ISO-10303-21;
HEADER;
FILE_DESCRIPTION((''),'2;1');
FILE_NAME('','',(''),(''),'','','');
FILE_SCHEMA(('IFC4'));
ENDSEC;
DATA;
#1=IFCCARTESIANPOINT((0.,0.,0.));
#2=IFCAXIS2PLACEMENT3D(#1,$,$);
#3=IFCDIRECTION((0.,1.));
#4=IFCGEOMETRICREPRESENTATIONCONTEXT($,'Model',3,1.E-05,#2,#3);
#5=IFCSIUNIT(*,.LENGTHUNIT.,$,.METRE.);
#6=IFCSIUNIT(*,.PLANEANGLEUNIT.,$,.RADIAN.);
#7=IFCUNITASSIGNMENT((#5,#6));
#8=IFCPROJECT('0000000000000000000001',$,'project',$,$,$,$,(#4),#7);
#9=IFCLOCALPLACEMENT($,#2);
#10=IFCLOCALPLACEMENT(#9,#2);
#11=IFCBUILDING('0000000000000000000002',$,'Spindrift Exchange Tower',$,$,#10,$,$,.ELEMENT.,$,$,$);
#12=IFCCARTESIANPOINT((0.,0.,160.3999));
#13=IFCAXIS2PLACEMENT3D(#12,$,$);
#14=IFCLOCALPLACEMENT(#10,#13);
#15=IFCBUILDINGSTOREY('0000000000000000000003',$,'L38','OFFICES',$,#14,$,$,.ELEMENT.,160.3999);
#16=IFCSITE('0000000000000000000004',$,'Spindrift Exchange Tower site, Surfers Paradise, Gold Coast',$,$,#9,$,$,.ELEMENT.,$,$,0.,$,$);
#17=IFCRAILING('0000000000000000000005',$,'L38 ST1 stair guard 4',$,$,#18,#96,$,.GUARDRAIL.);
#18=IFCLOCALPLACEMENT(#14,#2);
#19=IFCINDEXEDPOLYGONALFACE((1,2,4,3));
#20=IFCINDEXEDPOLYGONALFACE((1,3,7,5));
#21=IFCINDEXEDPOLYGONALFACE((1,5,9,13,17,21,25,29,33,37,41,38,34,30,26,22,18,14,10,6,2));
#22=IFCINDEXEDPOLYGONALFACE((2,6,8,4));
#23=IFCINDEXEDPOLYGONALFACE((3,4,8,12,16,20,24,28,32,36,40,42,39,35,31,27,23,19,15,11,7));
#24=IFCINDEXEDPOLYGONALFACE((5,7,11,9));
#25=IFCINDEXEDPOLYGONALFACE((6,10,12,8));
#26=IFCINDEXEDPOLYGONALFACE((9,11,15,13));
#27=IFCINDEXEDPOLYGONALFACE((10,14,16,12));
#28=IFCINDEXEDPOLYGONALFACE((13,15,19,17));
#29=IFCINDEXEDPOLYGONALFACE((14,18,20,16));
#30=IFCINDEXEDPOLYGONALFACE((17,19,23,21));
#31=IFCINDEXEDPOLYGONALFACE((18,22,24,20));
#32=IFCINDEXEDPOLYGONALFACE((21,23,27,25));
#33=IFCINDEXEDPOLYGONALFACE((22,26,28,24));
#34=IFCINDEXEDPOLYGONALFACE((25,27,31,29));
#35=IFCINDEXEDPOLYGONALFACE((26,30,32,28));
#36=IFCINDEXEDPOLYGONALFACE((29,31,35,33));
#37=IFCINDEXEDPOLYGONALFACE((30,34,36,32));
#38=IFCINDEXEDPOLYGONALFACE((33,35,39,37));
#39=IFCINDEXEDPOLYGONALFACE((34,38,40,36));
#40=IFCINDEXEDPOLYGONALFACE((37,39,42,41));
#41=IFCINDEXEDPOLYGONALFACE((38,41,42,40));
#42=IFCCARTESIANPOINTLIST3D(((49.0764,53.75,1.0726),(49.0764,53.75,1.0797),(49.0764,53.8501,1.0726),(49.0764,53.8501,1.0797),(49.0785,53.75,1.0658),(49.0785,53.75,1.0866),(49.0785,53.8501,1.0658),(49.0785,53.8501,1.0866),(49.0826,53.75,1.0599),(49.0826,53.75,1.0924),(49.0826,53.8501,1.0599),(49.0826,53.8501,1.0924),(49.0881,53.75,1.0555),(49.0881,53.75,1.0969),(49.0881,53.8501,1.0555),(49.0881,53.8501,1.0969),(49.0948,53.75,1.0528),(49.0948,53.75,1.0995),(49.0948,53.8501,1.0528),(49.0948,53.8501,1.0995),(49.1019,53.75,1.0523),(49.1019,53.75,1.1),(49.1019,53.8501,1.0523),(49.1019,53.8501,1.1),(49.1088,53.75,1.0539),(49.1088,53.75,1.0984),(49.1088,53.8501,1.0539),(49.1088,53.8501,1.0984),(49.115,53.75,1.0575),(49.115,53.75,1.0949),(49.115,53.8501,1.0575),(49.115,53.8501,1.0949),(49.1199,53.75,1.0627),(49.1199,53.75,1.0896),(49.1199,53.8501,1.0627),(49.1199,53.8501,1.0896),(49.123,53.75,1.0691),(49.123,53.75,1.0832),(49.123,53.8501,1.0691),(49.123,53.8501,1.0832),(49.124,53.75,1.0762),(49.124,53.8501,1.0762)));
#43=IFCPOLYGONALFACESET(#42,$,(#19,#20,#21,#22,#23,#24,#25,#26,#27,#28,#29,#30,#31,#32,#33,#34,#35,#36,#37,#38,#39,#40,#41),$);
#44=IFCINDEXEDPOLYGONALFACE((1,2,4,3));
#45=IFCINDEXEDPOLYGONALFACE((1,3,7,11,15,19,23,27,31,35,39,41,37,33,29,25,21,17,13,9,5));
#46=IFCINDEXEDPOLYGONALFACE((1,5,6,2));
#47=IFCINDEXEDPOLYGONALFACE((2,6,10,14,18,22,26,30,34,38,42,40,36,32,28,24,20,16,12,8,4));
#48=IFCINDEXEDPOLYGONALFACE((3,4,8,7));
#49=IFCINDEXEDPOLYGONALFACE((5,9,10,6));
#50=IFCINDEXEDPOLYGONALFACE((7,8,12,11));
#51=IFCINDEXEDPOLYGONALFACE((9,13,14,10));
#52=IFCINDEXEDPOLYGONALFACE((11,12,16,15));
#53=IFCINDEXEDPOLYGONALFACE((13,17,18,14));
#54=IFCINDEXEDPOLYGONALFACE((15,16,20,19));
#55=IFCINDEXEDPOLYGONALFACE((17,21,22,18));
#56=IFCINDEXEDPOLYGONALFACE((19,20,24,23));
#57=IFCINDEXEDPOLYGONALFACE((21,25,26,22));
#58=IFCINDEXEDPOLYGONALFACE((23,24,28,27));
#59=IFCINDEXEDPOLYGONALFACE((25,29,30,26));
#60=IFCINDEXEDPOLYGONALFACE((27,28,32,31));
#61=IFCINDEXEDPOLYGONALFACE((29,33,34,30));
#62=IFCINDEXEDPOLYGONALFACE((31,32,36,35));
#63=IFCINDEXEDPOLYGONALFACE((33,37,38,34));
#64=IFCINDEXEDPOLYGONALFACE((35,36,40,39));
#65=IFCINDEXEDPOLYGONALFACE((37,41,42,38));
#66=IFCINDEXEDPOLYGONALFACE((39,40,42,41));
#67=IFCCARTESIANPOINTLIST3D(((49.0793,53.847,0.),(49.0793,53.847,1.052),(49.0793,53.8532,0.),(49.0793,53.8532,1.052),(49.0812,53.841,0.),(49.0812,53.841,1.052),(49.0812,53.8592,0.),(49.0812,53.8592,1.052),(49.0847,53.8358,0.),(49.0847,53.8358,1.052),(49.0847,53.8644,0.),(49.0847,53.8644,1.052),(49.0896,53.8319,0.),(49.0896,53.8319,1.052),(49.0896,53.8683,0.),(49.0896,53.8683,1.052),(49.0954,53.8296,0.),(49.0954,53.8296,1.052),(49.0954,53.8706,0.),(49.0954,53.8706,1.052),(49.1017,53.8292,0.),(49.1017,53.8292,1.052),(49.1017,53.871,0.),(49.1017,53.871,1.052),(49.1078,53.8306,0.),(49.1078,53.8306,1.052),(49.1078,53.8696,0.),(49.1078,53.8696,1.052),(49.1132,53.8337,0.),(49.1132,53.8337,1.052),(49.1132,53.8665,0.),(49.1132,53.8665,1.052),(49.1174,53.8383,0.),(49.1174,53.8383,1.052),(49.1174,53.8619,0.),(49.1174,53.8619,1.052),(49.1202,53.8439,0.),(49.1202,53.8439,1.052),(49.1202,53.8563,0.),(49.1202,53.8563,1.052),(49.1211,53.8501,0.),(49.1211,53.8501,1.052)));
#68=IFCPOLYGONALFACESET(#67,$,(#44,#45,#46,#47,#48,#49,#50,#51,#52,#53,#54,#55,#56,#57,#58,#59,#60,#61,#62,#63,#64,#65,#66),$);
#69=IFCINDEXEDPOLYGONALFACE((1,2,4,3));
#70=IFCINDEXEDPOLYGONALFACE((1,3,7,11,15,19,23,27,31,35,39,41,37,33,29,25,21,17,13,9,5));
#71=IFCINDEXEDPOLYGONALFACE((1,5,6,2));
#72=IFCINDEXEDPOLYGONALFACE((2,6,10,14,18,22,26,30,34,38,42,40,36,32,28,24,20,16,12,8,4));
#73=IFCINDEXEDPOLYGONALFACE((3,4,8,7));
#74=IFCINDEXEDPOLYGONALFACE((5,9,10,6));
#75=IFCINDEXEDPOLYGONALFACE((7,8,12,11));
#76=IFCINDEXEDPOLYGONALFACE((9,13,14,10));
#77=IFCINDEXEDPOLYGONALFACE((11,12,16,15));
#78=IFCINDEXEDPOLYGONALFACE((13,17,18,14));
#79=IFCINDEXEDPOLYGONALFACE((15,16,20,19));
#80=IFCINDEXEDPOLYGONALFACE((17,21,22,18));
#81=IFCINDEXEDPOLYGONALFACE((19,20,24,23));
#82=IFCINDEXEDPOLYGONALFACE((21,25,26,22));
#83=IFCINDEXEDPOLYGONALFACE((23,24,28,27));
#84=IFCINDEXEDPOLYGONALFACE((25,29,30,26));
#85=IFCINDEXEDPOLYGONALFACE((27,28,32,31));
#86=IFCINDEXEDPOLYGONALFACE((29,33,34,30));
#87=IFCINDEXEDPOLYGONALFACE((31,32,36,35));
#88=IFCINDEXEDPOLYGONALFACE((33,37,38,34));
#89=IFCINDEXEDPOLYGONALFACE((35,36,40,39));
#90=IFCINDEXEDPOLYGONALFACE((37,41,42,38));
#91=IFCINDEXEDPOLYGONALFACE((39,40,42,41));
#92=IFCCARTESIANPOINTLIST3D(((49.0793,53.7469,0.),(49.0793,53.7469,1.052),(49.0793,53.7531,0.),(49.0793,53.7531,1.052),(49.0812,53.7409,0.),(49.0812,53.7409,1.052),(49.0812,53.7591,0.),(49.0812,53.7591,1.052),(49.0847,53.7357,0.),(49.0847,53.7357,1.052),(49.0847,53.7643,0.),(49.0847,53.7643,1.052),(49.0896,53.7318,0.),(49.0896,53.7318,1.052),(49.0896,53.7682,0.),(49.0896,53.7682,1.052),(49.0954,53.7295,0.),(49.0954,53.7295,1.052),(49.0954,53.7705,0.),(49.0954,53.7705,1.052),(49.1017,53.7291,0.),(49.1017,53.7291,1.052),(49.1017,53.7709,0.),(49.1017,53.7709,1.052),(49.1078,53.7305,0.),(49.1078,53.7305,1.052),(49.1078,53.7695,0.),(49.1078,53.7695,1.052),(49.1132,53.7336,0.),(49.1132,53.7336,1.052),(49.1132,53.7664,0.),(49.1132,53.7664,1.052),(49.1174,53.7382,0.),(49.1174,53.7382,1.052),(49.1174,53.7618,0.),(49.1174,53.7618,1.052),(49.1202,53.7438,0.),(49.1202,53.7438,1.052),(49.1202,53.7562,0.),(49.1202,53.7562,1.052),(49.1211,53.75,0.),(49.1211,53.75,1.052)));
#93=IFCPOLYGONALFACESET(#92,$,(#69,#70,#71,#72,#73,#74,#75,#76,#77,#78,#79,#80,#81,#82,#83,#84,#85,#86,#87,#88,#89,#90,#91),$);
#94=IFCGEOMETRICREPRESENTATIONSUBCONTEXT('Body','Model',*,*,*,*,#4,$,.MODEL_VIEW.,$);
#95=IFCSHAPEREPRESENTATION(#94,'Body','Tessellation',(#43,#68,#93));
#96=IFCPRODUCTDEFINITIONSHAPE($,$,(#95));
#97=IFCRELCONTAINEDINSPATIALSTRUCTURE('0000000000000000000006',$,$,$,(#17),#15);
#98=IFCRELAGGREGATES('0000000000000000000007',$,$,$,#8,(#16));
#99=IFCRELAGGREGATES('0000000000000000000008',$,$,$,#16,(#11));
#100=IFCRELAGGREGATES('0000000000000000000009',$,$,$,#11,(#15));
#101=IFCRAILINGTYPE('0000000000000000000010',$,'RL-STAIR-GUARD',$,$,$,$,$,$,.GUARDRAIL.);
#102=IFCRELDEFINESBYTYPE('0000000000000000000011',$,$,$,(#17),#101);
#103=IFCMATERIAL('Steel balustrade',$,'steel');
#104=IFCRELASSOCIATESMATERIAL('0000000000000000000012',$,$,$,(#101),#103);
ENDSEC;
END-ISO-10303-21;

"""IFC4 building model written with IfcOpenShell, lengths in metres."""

from ifc_helpers import new_model, si_unit, direction, frame, origin, origin_2d, place, context, subcontext, project, spatial, circle, extrude, material, type_object, element, save


model = new_model("IFC4")

# Units and contexts
model_context = context("Model", 3, precision=1e-05, world=origin(), true_north=direction((0.0, 1.0)))
body_context = subcontext(model_context, "Body", "Model", "MODEL_VIEW")
ifc_project = project(units=[si_unit("LENGTHUNIT", "METRE"), si_unit("PLANEANGLEUNIT", "RADIAN")], contexts=[model_context])

# Site, building, storey
site_placement = place(None, origin())
site = spatial("IfcSite", under=ifc_project, at=site_placement, Name="Spindrift Exchange Tower site, Surfers Paradise, Gold Coast", CompositionType="ELEMENT", RefElevation=0.0)
building_placement = place(site_placement, origin())
building = spatial("IfcBuilding", under=site, at=building_placement, Name="Spindrift Exchange Tower", CompositionType="ELEMENT")
storey_placement = place(building_placement, frame((0.0, 0.0, 160.3999)))
storey = spatial("IfcBuildingStorey", under=building, at=storey_placement, Name="L38", Description="OFFICES", CompositionType="ELEMENT", Elevation=160.3999)

# Railing
ifc_material_1 = material(Name="Steel balustrade", Category="steel")
railing_type_1 = type_object("IfcRailingType", Name="RL-STAIR-GUARD", PredefinedType="GUARDRAIL", material=ifc_material_1)
railing_1_placement = place(storey_placement, frame((49.1001, 53.8501, 0.0)))
element("IfcRailing", 1, at=railing_1_placement, inside=storey, type_object=railing_type_1, Name="L38 ST1 stair guard 4", PredefinedType="GUARDRAIL", context=body_context, shape_type="SweptSolid", body=[
    extrude(circle(Radius=0.0239, at=origin_2d()), frame((0.0, 0.0, 1.0762), z_axis=(0.0, -1.0, 0.0), x_axis=(1.0, 0.0, 0.0)), (0.0, 0.0, 1.0), 0.1001),
    extrude(circle(Radius=0.021, at=origin_2d()), origin(), (0.0, 0.0, 1.0), 1.052),
    extrude(circle(Radius=0.021, at=origin_2d()), frame((0.0, -0.1001, 0.0)), (0.0, 0.0, 1.0), 1.052),
])

save(model, "model.ifc")
